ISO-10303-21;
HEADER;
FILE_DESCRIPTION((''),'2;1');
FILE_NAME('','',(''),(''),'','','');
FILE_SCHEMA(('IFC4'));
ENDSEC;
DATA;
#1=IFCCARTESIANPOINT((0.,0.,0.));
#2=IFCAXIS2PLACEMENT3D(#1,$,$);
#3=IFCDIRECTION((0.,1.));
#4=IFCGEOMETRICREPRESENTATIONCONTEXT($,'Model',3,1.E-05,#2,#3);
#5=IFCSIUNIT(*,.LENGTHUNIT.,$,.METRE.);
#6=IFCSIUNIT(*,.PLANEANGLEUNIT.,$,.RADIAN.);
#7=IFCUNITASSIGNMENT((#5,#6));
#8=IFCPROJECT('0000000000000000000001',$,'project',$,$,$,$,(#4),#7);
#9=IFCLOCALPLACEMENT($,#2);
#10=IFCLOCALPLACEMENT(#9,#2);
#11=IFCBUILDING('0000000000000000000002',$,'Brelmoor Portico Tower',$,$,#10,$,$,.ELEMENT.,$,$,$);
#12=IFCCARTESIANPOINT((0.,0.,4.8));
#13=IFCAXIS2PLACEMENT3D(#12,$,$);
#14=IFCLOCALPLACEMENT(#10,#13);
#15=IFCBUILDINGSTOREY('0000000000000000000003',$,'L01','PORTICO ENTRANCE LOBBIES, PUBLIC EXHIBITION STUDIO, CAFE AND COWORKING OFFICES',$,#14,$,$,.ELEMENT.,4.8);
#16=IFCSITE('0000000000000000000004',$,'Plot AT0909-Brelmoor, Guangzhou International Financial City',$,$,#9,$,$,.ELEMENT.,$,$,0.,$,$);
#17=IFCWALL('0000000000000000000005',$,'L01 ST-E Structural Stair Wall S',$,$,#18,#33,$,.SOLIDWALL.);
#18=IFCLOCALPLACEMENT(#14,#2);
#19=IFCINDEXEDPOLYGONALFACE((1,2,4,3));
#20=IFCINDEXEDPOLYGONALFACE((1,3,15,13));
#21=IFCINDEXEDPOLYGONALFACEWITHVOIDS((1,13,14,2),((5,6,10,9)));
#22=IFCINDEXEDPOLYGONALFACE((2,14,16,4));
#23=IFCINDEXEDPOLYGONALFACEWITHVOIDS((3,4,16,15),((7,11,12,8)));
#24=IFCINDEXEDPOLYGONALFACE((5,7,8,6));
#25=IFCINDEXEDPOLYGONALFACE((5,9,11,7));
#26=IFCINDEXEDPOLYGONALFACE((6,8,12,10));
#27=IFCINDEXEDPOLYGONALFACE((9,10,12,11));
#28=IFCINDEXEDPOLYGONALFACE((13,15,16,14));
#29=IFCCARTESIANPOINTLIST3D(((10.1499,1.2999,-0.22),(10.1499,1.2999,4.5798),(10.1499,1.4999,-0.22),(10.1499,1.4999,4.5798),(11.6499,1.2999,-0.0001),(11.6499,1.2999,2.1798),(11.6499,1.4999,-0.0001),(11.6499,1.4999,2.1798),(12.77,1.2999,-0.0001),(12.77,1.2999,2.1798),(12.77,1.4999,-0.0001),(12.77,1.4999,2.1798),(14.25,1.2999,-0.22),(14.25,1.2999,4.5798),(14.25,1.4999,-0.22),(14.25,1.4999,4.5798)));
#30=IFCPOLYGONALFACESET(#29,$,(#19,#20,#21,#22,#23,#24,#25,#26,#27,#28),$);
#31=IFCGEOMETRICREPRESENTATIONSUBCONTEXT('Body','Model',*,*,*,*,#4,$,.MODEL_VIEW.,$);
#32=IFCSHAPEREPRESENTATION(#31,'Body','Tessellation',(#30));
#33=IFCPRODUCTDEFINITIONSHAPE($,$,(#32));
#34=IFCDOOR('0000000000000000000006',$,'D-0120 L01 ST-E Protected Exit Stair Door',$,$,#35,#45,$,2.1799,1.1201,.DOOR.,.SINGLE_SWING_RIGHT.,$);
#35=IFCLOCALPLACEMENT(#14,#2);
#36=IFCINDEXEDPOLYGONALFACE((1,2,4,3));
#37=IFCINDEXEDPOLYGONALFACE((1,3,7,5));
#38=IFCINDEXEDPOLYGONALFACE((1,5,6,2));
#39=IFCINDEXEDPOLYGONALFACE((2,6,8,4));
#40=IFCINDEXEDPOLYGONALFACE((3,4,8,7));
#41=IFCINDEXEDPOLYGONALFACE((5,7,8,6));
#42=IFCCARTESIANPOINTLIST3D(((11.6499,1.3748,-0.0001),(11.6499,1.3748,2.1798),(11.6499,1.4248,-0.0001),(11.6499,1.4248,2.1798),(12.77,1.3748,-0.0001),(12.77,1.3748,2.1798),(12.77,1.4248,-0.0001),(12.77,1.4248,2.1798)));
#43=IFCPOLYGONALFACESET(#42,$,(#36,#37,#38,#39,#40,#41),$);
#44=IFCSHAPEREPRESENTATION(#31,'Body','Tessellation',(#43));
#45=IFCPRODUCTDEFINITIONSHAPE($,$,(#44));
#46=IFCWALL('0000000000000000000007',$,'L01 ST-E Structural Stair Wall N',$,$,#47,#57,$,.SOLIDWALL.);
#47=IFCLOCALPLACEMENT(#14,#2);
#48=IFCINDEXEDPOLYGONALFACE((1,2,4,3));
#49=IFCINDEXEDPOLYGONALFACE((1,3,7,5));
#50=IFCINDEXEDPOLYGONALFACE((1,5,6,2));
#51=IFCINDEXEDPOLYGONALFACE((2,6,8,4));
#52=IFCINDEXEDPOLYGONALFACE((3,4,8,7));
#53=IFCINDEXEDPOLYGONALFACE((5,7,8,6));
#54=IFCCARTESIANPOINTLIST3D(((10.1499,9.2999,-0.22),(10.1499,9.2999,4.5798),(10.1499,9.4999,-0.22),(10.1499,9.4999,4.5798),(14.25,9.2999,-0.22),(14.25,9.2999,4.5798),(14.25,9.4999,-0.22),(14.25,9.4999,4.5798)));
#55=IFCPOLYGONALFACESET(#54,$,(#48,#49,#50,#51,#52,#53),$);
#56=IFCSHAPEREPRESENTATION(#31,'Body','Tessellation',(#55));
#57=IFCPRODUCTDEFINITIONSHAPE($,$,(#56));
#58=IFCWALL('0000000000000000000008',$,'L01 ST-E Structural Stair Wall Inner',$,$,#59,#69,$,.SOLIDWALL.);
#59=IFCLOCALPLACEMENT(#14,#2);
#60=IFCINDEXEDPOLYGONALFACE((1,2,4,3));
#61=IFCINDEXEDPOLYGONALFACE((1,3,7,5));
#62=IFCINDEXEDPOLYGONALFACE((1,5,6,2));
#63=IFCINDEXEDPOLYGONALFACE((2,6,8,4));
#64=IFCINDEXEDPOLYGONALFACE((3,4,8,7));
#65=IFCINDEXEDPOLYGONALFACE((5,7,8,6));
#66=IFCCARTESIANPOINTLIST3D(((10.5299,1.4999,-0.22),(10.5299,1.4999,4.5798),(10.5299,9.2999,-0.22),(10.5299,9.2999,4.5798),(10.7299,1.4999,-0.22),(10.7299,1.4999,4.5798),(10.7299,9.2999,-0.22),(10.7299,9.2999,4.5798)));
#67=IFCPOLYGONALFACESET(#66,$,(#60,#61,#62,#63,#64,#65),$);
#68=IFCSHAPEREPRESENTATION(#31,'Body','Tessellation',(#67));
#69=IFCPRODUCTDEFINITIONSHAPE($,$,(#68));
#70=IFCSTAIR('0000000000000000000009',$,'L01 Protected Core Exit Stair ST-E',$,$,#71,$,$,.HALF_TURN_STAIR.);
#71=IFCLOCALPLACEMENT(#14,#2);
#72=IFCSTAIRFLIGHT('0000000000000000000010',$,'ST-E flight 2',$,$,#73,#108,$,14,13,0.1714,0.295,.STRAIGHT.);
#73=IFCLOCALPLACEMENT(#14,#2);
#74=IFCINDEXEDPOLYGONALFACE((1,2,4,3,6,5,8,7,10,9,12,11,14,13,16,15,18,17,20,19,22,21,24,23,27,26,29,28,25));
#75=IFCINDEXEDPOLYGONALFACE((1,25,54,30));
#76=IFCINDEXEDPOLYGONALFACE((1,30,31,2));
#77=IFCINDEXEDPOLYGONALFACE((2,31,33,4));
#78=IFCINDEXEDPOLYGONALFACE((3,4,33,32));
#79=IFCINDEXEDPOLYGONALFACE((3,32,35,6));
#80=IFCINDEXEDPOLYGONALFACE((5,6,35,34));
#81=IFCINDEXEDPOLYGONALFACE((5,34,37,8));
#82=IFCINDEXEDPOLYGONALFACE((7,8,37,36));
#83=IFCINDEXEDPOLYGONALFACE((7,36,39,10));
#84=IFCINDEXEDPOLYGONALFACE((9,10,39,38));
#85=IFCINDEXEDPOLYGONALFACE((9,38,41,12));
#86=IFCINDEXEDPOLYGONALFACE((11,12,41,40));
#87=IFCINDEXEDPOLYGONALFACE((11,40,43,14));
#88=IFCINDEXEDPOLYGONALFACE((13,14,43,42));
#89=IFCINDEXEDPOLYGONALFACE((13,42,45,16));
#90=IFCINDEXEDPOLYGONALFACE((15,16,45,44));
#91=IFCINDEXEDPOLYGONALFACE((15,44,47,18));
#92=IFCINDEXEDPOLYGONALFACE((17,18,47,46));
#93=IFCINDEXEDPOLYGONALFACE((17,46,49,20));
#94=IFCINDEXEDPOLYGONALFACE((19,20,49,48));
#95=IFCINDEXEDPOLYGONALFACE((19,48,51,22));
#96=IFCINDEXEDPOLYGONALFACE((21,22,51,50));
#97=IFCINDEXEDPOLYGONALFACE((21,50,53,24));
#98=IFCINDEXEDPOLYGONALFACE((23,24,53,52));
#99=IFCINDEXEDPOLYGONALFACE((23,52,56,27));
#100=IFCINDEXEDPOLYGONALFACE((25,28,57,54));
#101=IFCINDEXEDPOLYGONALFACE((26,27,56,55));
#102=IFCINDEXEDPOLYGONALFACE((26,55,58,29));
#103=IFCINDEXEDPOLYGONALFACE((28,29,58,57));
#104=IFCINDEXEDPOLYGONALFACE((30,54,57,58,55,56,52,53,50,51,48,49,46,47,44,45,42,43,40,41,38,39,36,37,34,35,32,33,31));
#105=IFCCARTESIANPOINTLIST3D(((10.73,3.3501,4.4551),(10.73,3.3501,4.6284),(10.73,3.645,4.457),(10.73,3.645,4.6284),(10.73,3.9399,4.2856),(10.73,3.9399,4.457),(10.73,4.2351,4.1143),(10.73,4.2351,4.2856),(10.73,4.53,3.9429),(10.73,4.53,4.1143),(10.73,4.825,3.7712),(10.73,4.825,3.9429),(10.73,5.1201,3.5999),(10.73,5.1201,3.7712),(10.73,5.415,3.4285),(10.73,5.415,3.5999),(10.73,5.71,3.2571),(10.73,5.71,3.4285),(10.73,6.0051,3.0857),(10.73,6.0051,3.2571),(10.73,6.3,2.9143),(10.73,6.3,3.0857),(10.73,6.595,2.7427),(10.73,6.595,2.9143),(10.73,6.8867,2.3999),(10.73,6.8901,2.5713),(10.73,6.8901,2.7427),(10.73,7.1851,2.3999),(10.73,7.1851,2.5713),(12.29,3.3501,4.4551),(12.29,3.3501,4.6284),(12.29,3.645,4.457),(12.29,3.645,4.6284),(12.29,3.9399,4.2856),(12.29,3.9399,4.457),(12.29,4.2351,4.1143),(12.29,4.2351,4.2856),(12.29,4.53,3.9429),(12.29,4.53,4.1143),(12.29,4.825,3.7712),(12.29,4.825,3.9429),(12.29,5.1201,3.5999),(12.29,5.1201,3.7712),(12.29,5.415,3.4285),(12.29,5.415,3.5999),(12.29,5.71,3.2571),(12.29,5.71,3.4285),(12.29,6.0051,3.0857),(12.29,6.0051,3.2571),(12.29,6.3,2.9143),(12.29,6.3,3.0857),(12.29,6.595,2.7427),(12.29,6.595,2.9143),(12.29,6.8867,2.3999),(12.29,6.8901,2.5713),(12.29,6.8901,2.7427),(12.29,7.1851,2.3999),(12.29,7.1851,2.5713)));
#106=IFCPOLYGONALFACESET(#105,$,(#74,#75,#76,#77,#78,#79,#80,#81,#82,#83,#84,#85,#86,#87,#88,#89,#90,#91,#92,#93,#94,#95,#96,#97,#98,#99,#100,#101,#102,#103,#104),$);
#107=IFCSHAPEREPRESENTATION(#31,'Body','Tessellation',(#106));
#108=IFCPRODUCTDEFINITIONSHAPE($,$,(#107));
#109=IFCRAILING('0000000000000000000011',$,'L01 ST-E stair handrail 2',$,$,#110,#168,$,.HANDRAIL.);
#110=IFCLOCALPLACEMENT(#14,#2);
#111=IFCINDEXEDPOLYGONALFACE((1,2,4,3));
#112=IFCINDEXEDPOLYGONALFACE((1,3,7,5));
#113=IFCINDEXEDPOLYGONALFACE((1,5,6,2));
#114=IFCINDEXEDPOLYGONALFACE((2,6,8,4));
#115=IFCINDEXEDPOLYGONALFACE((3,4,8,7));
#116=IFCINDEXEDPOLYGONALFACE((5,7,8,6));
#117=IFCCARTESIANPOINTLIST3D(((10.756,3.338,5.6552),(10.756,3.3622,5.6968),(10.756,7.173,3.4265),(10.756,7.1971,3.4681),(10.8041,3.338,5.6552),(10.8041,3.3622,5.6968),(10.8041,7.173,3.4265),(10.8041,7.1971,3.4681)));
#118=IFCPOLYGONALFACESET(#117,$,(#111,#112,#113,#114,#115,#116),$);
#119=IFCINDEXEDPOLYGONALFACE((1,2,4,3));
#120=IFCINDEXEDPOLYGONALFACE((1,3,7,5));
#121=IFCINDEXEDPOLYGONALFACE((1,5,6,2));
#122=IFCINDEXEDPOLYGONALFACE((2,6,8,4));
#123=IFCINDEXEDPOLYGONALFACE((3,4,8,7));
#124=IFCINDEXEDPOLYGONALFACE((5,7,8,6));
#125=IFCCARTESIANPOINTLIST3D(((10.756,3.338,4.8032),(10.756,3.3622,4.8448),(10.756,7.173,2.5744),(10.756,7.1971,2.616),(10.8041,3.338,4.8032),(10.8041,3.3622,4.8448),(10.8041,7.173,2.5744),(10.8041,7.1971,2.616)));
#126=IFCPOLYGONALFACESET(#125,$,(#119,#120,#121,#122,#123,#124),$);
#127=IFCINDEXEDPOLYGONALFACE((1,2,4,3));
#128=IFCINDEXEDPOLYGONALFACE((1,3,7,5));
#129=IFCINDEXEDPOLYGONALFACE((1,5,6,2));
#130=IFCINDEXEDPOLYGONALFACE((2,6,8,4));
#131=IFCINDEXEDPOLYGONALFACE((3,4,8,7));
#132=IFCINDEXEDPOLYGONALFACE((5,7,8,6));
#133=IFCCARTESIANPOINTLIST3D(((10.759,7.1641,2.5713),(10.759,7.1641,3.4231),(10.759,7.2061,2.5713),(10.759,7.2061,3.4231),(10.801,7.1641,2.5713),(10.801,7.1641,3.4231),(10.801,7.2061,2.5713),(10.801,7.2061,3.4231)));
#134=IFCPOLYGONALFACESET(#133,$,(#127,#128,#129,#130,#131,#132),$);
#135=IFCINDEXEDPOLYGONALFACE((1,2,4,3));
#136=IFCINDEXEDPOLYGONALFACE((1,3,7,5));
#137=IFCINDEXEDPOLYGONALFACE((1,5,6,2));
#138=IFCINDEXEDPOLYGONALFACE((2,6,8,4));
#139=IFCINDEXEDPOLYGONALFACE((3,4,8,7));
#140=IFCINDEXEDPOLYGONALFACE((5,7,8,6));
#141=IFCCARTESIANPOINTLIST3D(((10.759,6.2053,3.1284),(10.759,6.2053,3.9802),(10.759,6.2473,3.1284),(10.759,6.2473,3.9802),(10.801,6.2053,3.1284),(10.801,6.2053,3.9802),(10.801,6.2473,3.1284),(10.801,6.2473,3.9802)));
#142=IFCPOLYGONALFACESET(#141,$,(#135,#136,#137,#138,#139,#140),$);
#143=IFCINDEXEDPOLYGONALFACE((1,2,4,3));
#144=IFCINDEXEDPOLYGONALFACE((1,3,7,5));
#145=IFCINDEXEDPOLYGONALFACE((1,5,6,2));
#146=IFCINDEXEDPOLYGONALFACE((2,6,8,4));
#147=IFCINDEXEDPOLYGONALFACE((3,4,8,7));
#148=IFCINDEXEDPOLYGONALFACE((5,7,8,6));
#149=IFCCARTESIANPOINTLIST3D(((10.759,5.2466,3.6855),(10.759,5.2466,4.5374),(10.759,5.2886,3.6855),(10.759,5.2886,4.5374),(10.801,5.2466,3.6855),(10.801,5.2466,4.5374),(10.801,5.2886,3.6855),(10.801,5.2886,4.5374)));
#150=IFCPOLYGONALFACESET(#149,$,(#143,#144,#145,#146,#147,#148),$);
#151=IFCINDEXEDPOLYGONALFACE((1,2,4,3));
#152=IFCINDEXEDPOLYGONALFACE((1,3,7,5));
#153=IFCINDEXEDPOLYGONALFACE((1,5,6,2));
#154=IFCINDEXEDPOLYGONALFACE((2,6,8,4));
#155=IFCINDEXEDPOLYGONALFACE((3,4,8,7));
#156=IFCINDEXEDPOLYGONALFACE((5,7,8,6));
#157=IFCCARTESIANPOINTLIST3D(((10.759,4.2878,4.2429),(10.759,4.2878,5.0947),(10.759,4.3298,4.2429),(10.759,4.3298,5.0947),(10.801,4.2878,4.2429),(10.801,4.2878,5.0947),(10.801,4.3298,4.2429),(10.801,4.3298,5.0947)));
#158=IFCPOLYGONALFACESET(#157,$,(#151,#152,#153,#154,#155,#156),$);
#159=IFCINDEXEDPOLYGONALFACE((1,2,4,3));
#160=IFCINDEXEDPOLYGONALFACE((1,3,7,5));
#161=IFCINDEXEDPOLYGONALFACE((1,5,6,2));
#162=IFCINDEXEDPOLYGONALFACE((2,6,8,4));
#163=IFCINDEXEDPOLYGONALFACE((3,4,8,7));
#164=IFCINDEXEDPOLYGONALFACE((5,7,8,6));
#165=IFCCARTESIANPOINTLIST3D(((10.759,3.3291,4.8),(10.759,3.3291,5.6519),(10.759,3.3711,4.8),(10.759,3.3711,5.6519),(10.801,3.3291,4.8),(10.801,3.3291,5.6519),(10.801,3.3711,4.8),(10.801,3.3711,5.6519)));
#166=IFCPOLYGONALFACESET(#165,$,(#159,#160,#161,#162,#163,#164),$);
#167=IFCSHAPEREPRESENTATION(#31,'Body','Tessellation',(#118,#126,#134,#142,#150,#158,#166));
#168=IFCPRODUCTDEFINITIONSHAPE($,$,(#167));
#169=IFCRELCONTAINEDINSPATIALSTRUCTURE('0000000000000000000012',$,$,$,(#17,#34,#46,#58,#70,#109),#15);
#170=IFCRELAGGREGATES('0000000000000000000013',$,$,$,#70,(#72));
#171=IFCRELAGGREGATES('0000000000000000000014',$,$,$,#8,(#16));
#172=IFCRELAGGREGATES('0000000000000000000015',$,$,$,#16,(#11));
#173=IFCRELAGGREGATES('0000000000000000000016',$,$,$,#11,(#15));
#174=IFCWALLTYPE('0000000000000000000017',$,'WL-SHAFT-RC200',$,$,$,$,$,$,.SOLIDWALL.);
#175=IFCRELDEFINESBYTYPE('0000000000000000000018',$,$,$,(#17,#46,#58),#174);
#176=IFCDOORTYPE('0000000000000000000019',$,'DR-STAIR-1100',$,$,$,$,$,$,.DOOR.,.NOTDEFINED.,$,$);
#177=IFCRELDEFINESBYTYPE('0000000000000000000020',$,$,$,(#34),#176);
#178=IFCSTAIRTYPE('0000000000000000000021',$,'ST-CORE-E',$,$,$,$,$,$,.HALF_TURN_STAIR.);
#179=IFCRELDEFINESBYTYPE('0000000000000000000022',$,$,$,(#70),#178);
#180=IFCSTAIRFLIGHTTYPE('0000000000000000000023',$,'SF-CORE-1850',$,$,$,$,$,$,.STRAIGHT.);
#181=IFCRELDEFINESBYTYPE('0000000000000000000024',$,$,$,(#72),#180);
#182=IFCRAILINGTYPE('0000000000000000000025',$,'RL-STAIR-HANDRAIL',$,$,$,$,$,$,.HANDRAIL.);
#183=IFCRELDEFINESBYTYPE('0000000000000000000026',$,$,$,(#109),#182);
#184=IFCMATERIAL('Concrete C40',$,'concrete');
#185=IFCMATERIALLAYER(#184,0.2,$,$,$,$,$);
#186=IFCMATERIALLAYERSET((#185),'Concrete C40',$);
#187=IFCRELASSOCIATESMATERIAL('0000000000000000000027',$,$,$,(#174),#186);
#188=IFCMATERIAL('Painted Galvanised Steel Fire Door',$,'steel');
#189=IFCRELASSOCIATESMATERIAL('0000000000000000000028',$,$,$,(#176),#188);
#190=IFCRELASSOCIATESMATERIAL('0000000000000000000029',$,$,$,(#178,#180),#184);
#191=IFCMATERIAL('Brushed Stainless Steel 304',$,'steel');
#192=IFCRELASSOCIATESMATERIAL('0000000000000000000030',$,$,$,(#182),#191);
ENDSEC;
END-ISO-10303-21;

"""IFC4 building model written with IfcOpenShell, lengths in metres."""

from ifc_helpers import new_model, si_unit, direction, frame, frame_2d, origin, origin_2d, place, context, subcontext, project, spatial, polyline, rectangle, outline, extrude, material, layer, layer_set, type_object, element, fill, aggregate, save


model = new_model("IFC4")

# Units and contexts
model_context = context("Model", 3, precision=1e-05, world=origin(), true_north=direction((0.0, 1.0)))
body_context = subcontext(model_context, "Body", "Model", "MODEL_VIEW")
ifc_project = project(units=[si_unit("LENGTHUNIT", "METRE"), si_unit("PLANEANGLEUNIT", "RADIAN")], contexts=[model_context])

# Site, building, storey
site_placement = place(None, origin())
site = spatial("IfcSite", under=ifc_project, at=site_placement, Name="Plot AT0909-Brelmoor, Guangzhou International Financial City", CompositionType="ELEMENT", RefElevation=0.0)
building_placement = place(site_placement, origin())
building = spatial("IfcBuilding", under=site, at=building_placement, Name="Brelmoor Portico Tower", CompositionType="ELEMENT")
storey_placement = place(building_placement, frame((0.0, 0.0, 4.8)))
storey = spatial("IfcBuildingStorey", under=building, at=storey_placement, Name="L01", Description="PORTICO ENTRANCE LOBBIES, PUBLIC EXHIBITION STUDIO, CAFE AND COWORKING OFFICES", CompositionType="ELEMENT", Elevation=4.8)

# Shared definitions
ifc_material_1 = material(Name="Painted Galvanised Steel Fire Door", Category="steel")

# Wall, opening, door
ifc_material_2 = material(Name="Concrete C40", Category="concrete")
ifc_layer_1 = layer(ifc_material_2, 0.2)
ifc_layer_set_1 = layer_set([ifc_layer_1], Name="Concrete C40")
wall_type_1 = type_object("IfcWallType", Name="WL-SHAFT-RC200", PredefinedType="SOLIDWALL", material=ifc_layer_set_1)
wall_1_placement = place(storey_placement, frame((10.1499, 1.3999, -0.22), z_axis=(0.0, 0.0, 1.0), x_axis=(1.0, 0.0, 0.0)))
wall_1 = element("IfcWall", 1, at=wall_1_placement, inside=storey, type_object=wall_type_1, Name="L01 ST-E Structural Stair Wall S", PredefinedType="SOLIDWALL", context=body_context, shape_type="SweptSolid", body=[
    extrude(rectangle(XDim=4.1001, YDim=0.2, at=frame_2d((2.05, 0.0))), origin(), (0.0, 0.0, 1.0), 4.7998),
])
opening_1_placement = place(wall_1_placement, frame((1.5, 0.0, 0.22)))
opening_1 = element("IfcOpeningElement", 2, at=opening_1_placement, cuts=wall_1, PredefinedType="OPENING", context=body_context, shape_type="SweptSolid", body=[
    extrude(rectangle(XDim=1.1201, YDim=2.1799, at=frame_2d((0.5601, 1.0898))), frame((0.0, 0.1099, 0.0), z_axis=(0.0, -1.0, 0.0), x_axis=(1.0, 0.0, 0.0)), (0.0, 0.0, 1.0), 0.22),
])
door_type_1 = type_object("IfcDoorType", Name="DR-STAIR-1100", OperationType="NOTDEFINED", PredefinedType="DOOR", material=ifc_material_1)
door_1_placement = place(opening_1_placement, origin())
door_1 = element("IfcDoor", 3, at=door_1_placement, inside=storey, type_object=door_type_1, Name="D-0120 L01 ST-E Protected Exit Stair Door", OperationType="SINGLE_SWING_RIGHT", OverallHeight=2.1799, OverallWidth=1.1201, PredefinedType="DOOR", context=body_context, shape_type="SweptSolid", body=[
    extrude(rectangle(XDim=1.1201, YDim=2.1799, at=frame_2d((0.5601, 1.0898))), frame((0.0, 0.0249, 0.0), z_axis=(0.0, -1.0, 0.0), x_axis=(1.0, 0.0, 0.0)), (0.0, 0.0, 1.0), 0.05),
])
fill(opening_1, door_1)

# Walls
wall_2_placement = place(storey_placement, frame((10.1499, 9.3999, -0.22), z_axis=(0.0, 0.0, 1.0), x_axis=(1.0, 0.0, 0.0)))
element("IfcWall", 4, at=wall_2_placement, inside=storey, type_object=wall_type_1, Name="L01 ST-E Structural Stair Wall N", PredefinedType="SOLIDWALL", context=body_context, shape_type="SweptSolid", body=[
    extrude(rectangle(XDim=4.1001, YDim=0.2, at=frame_2d((2.05, 0.0))), origin(), (0.0, 0.0, 1.0), 4.7998),
])
wall_3_placement = place(storey_placement, frame((10.6299, 1.5, -0.22), z_axis=(0.0, 0.0, 1.0), x_axis=(0.0, 1.0, 0.0)))
element("IfcWall", 5, at=wall_3_placement, inside=storey, type_object=wall_type_1, Name="L01 ST-E Structural Stair Wall Inner", PredefinedType="SOLIDWALL", context=body_context, shape_type="SweptSolid", body=[
    extrude(rectangle(XDim=7.8, YDim=0.2, at=frame_2d((3.8999, 0.0))), origin(), (0.0, 0.0, 1.0), 4.7998),
])

# Stair, stair flight
stair_type = type_object("IfcStairType", Name="ST-CORE-E", PredefinedType="HALF_TURN_STAIR", material=ifc_material_2)
stair_placement = place(storey_placement, origin())
stair = element("IfcStair", 6, at=stair_placement, inside=storey, type_object=stair_type, Name="L01 Protected Core Exit Stair ST-E", PredefinedType="HALF_TURN_STAIR")
stair_flight_type = type_object("IfcStairFlightType", Name="SF-CORE-1850", PredefinedType="STRAIGHT", material=ifc_material_2)
stair_flight_placement = place(storey_placement, frame((11.51, 7.1851, 2.3999), z_axis=(0.0, 0.0, 1.0), x_axis=(0.0, -1.0, 0.0)))
stair_flight = element("IfcStairFlight", 7, at=stair_flight_placement, type_object=stair_flight_type, Name="ST-E flight 2", NumberOfRisers=14, NumberOfTreads=13, PredefinedType="STRAIGHT", RiserHeight=0.1714, TreadLength=0.295, context=body_context, shape_type="SweptSolid", body=[
    extrude(outline(polyline([(0.0, 0.0), (0.0, 0.1714), (0.2949, 0.1714), (0.2949, 0.3428), (0.5901, 0.3428), (0.5901, 0.5144), (0.885, 0.5144), (0.885, 0.6858), (1.1799, 0.6858), (1.1799, 0.8572), (1.4751, 0.8572), (1.4751, 1.0286), (1.77, 1.0286), (1.77, 1.2), (2.0649, 1.2), (2.0649, 1.3713), (2.3601, 1.3713), (2.3601, 1.543), (2.655, 1.543), (2.655, 1.7144), (2.95, 1.7144), (2.95, 1.8857), (3.2451, 1.8857), (3.2451, 2.0571), (3.54, 2.0571), (3.54, 2.2285), (3.835, 2.2285), (3.835, 2.3999), (3.835, 2.0552), (0.2983, 0.0), (0.0, 0.0)])), frame((0.0, 0.78, 0.0), z_axis=(0.0, -1.0, 0.0), x_axis=(1.0, 0.0, 0.0)), (0.0, 0.0, 1.0), 1.5601),
])
aggregate(stair, [stair_flight])

# Railing
ifc_material_3 = material(Name="Brushed Stainless Steel 304", Category="steel")
railing_type = type_object("IfcRailingType", Name="RL-STAIR-HANDRAIL", PredefinedType="HANDRAIL", material=ifc_material_3)
railing_placement = place(storey_placement, frame((10.78, 7.1851, 2.5713)))
element("IfcRailing", 8, at=railing_placement, inside=storey, type_object=railing_type, Name="L01 ST-E stair handrail 2", PredefinedType="HANDRAIL", context=body_context, shape_type="SweptSolid", body=[
    extrude(rectangle(XDim=0.0481, YDim=0.0481, at=origin_2d()), frame((0.0, 0.0, 0.876), z_axis=(0.0, -0.864592, 0.502474), x_axis=(1.0, 0.0, 0.0)), (0.0, 0.0, 1.0), 4.4355),
    extrude(rectangle(XDim=0.0481, YDim=0.0481, at=origin_2d()), frame((0.0, 0.0, 0.0239), z_axis=(0.0, -0.864592, 0.502474), x_axis=(1.0, 0.0, 0.0)), (0.0, 0.0, 1.0), 4.4355),
    extrude(rectangle(XDim=0.042, YDim=0.042, at=origin_2d()), origin(), (0.0, 0.0, 1.0), 0.8518),
    extrude(rectangle(XDim=0.042, YDim=0.042, at=origin_2d()), frame((0.0, -0.9587, 0.5571)), (0.0, 0.0, 1.0), 0.8518),
    extrude(rectangle(XDim=0.042, YDim=0.042, at=origin_2d()), frame((0.0, -1.9175, 1.1143)), (0.0, 0.0, 1.0), 0.8518),
    extrude(rectangle(XDim=0.042, YDim=0.042, at=origin_2d()), frame((0.0, -2.8762, 1.6716)), (0.0, 0.0, 1.0), 0.8518),
    extrude(rectangle(XDim=0.042, YDim=0.042, at=origin_2d()), frame((0.0, -3.835, 2.2288)), (0.0, 0.0, 1.0), 0.8518),
])

save(model, "model.ifc")
